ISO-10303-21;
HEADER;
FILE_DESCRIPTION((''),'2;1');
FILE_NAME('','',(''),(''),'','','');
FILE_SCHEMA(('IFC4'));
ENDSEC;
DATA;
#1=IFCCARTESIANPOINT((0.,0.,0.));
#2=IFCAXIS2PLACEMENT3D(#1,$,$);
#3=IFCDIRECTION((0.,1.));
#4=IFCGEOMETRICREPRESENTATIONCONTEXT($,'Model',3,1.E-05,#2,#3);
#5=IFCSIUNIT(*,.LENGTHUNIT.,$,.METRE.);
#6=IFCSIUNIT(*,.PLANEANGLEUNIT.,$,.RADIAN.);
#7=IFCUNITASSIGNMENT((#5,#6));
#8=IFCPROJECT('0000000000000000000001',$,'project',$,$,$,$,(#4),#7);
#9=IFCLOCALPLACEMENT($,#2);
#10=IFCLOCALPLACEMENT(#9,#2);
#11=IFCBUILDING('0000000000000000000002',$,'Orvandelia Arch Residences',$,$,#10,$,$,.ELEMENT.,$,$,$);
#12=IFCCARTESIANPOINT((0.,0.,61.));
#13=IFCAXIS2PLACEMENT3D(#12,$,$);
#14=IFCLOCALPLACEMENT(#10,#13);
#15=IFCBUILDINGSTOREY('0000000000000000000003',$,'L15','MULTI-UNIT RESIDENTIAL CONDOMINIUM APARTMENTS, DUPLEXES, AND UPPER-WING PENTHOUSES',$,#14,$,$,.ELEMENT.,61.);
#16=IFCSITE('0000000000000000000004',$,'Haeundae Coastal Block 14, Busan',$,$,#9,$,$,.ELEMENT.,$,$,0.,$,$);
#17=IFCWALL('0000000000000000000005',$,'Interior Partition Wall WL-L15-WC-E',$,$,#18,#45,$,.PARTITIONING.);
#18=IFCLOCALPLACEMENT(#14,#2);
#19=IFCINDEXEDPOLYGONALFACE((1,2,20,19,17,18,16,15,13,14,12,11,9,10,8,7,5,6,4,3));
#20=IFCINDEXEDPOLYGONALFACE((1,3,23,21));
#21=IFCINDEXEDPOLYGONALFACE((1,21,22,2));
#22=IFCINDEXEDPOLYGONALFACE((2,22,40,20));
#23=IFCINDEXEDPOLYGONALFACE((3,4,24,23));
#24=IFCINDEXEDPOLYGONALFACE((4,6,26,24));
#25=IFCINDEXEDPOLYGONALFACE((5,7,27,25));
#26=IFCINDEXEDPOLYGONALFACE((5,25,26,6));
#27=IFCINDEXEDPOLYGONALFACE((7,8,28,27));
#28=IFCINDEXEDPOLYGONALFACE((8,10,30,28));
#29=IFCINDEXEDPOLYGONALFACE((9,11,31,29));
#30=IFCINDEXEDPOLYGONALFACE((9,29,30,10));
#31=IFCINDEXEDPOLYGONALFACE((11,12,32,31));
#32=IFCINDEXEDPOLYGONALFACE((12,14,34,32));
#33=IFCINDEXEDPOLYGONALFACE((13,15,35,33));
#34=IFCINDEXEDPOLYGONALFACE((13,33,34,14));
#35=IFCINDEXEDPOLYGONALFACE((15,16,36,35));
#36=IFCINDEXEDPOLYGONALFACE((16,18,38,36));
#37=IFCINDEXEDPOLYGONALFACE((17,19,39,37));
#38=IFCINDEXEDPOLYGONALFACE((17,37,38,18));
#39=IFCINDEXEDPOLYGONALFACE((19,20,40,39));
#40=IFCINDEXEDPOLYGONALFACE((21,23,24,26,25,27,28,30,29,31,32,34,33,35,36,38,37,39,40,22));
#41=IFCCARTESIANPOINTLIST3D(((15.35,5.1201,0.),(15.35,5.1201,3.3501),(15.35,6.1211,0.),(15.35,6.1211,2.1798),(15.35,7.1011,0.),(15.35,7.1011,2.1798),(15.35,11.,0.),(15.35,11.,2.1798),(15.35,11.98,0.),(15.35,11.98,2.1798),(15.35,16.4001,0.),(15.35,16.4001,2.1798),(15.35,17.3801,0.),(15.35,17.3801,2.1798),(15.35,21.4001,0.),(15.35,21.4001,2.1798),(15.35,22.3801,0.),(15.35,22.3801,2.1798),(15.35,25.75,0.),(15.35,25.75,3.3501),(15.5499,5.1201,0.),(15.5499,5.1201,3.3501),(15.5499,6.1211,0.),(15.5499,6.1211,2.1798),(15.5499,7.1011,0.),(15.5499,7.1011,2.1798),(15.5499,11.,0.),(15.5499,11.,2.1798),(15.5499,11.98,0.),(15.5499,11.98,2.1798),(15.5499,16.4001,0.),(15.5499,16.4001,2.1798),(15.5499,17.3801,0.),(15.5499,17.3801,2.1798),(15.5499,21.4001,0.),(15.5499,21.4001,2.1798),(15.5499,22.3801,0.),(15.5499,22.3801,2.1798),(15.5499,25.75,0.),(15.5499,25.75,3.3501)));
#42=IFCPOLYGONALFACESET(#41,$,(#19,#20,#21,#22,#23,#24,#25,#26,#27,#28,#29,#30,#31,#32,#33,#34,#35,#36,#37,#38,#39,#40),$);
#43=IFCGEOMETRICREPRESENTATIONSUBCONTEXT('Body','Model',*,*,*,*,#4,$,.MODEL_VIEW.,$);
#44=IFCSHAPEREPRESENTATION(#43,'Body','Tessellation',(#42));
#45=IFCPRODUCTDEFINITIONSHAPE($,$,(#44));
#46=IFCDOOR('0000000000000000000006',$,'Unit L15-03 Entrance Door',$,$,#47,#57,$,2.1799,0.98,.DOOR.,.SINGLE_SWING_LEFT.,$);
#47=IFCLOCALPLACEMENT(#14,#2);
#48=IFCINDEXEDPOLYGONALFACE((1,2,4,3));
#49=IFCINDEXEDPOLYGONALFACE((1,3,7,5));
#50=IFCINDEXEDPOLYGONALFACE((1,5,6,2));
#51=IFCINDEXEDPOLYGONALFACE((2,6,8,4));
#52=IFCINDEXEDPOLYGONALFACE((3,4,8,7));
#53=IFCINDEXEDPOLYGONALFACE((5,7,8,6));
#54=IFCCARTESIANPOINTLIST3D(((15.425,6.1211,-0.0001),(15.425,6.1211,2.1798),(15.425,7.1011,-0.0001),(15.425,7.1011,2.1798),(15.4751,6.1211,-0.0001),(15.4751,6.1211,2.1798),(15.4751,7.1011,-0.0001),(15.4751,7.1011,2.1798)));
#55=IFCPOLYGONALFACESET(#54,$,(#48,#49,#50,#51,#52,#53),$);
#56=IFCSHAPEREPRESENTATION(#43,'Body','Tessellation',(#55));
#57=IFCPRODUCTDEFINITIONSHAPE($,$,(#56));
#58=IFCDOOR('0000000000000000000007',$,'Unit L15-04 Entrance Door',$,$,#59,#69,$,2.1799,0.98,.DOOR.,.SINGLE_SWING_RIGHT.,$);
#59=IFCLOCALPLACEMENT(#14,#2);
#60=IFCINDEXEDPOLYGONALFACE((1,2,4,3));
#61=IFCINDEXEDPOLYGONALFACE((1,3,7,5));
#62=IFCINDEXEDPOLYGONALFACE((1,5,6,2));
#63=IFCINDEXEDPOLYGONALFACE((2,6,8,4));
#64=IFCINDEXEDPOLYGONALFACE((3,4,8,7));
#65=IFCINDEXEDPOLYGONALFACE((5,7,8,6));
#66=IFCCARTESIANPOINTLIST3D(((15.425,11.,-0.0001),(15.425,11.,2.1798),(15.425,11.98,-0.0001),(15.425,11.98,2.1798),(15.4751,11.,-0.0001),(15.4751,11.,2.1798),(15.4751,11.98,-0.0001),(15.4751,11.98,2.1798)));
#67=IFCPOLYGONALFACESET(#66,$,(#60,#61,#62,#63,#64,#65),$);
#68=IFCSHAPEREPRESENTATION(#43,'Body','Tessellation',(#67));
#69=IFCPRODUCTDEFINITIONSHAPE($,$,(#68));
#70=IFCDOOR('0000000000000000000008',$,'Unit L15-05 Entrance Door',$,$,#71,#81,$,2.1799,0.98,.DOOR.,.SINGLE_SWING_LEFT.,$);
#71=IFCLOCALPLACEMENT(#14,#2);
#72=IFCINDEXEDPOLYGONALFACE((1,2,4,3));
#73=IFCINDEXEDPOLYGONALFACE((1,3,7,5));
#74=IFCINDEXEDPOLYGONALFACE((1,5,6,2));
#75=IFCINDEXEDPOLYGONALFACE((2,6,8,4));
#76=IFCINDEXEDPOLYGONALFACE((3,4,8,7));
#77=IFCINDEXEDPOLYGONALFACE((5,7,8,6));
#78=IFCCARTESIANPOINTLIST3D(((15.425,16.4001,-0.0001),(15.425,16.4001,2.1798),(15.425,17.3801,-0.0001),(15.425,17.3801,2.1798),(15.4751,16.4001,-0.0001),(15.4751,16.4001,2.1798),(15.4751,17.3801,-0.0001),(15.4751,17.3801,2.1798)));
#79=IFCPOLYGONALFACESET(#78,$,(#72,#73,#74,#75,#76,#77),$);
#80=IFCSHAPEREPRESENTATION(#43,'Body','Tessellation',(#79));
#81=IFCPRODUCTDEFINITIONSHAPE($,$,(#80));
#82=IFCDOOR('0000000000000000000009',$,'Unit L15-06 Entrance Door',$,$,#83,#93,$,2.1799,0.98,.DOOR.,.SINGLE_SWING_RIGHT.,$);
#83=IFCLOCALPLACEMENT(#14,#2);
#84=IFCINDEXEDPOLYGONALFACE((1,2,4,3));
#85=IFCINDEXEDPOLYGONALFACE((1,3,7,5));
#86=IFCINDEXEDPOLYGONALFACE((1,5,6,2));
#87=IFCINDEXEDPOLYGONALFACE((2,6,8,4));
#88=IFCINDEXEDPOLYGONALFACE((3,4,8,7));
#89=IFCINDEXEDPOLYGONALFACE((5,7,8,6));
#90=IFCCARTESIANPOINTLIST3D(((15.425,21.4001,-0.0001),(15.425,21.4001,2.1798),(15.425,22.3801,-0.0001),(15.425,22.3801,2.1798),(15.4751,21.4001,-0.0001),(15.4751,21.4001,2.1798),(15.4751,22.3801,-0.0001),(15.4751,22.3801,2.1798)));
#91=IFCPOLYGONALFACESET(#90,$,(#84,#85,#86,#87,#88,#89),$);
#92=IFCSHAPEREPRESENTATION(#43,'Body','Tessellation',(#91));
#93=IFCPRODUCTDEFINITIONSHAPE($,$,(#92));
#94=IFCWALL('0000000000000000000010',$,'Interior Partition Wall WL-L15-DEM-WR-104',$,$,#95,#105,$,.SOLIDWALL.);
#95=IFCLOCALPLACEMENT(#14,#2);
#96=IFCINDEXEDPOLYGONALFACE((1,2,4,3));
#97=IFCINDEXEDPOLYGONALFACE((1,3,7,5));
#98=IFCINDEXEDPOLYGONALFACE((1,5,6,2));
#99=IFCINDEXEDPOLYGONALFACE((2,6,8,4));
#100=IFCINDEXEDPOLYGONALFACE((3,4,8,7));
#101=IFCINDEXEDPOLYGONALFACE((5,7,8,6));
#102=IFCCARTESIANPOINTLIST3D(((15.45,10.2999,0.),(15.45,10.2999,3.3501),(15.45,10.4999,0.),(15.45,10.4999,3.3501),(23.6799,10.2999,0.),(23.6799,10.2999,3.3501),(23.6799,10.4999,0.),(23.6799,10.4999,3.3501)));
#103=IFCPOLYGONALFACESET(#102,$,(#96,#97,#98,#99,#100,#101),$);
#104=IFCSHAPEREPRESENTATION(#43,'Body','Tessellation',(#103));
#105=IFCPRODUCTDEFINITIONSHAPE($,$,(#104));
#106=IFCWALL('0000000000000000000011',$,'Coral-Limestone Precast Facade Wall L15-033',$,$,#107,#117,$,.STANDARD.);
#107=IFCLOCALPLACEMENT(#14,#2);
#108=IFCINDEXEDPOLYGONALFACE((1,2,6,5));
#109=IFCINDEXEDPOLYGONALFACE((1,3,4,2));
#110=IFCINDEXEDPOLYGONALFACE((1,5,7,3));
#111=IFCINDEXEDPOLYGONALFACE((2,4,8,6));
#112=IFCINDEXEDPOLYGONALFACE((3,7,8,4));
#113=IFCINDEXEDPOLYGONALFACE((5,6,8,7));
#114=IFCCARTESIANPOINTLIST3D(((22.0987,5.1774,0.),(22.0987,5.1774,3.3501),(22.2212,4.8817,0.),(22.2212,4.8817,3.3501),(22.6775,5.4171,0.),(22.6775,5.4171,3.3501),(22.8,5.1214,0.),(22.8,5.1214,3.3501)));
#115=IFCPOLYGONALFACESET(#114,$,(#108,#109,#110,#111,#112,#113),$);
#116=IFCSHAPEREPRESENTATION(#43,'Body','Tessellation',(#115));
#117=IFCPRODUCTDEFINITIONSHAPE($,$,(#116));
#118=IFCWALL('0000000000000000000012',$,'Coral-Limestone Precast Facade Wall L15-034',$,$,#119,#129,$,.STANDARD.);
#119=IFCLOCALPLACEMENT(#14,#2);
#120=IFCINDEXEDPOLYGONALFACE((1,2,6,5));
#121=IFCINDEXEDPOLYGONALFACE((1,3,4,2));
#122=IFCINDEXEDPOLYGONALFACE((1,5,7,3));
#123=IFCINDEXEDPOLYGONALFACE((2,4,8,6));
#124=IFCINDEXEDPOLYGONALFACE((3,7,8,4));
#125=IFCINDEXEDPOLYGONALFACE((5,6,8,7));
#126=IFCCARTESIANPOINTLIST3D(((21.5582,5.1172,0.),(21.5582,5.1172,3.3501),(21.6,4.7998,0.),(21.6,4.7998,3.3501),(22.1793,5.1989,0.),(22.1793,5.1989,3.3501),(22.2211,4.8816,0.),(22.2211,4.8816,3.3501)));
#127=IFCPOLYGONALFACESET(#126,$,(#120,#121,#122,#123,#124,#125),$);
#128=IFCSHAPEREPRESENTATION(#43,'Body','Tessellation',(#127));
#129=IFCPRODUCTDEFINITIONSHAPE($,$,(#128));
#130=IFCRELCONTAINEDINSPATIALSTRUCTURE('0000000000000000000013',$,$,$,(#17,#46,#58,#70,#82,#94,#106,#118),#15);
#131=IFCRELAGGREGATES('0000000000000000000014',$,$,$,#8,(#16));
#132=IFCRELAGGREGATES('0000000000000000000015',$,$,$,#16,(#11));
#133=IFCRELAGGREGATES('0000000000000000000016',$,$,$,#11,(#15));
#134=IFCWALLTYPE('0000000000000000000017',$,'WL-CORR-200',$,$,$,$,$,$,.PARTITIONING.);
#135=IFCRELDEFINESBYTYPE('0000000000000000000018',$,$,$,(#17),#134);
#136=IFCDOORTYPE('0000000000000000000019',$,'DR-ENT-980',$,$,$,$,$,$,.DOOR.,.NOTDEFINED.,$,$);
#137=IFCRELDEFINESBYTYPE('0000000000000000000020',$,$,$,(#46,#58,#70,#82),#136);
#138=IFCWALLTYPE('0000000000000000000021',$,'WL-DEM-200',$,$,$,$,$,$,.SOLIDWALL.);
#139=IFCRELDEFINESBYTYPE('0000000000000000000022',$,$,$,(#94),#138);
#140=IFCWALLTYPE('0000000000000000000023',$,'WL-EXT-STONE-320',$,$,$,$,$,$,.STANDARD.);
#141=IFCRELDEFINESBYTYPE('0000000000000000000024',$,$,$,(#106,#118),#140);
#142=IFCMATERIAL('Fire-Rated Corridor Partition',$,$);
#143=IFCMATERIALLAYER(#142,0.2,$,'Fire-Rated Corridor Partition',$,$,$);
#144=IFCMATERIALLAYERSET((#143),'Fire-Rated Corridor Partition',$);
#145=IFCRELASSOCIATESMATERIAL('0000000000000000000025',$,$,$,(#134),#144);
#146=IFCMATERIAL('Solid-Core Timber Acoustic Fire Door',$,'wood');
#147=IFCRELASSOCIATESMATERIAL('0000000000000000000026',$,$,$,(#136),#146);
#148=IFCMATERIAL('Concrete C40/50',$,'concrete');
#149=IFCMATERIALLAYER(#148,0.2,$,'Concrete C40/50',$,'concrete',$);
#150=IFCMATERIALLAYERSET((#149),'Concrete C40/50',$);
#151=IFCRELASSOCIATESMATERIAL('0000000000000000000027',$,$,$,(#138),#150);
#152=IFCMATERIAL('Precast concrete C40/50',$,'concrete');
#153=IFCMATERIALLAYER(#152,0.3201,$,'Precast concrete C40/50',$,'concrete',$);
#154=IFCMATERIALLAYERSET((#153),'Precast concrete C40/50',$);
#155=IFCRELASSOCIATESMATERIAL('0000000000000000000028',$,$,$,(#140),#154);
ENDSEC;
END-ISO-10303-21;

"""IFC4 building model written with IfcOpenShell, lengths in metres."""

from ifc_helpers import new_model, si_unit, direction, frame, frame_2d, origin, place, context, subcontext, project, spatial, rectangle, extrude, material, layer, layer_set, type_object, element, fill, save


model = new_model("IFC4")

# Units and contexts
model_context = context("Model", 3, precision=1e-05, world=origin(), true_north=direction((0.0, 1.0)))
body_context = subcontext(model_context, "Body", "Model", "MODEL_VIEW")
ifc_project = project(units=[si_unit("LENGTHUNIT", "METRE"), si_unit("PLANEANGLEUNIT", "RADIAN")], contexts=[model_context])

# Site, building, storey
site_placement = place(None, origin())
site = spatial("IfcSite", under=ifc_project, at=site_placement, Name="Haeundae Coastal Block 14, Busan", CompositionType="ELEMENT", RefElevation=0.0)
building_placement = place(site_placement, origin())
building = spatial("IfcBuilding", under=site, at=building_placement, Name="Orvandelia Arch Residences", CompositionType="ELEMENT")
storey_placement = place(building_placement, frame((0.0, 0.0, 61.0)))
storey = spatial("IfcBuildingStorey", under=building, at=storey_placement, Name="L15", Description="MULTI-UNIT RESIDENTIAL CONDOMINIUM APARTMENTS, DUPLEXES, AND UPPER-WING PENTHOUSES", CompositionType="ELEMENT", Elevation=61.0)

# Wall, openings, doors
ifc_material_1 = material(Name="Fire-Rated Corridor Partition")
ifc_layer_1 = layer(ifc_material_1, 0.2, Name="Fire-Rated Corridor Partition")
ifc_layer_set_1 = layer_set([ifc_layer_1], Name="Fire-Rated Corridor Partition")
wall_type_1 = type_object("IfcWallType", Name="WL-CORR-200", PredefinedType="PARTITIONING", material=ifc_layer_set_1)
ifc_material_2 = material(Name="Solid-Core Timber Acoustic Fire Door", Category="wood")
door_type_1 = type_object("IfcDoorType", Name="DR-ENT-980", OperationType="NOTDEFINED", PredefinedType="DOOR", material=ifc_material_2)
wall_1_placement = place(storey_placement, frame((15.45, 5.1201, 0.0), z_axis=(0.0, 0.0, 1.0), x_axis=(0.0, 1.0, 0.0)))
wall_1 = element("IfcWall", 1, at=wall_1_placement, inside=storey, type_object=wall_type_1, Name="Interior Partition Wall WL-L15-WC-E", PredefinedType="PARTITIONING", context=body_context, shape_type="SweptSolid", body=[
    extrude(rectangle(XDim=20.6299, YDim=0.2, at=frame_2d((10.3149, 0.0))), origin(), (0.0, 0.0, 1.0), 3.3501),
])
opening_1_placement = place(wall_1_placement, frame((1.001, 0.0, 0.0)))
opening_1 = element("IfcOpeningElement", 2, at=opening_1_placement, cuts=wall_1, PredefinedType="OPENING", context=body_context, shape_type="SweptSolid", body=[
    extrude(rectangle(XDim=0.98, YDim=2.1799, at=frame_2d((0.49, 1.0898))), frame((0.0, 0.1099, 0.0), z_axis=(0.0, -1.0, 0.0), x_axis=(1.0, 0.0, 0.0)), (0.0, 0.0, 1.0), 0.22),
])
opening_2_placement = place(wall_1_placement, frame((5.8799, 0.0, 0.0)))
opening_2 = element("IfcOpeningElement", 3, at=opening_2_placement, cuts=wall_1, PredefinedType="OPENING", context=body_context, shape_type="SweptSolid", body=[
    extrude(rectangle(XDim=0.98, YDim=2.1799, at=frame_2d((0.49, 1.0898))), frame((0.0, 0.1099, 0.0), z_axis=(0.0, -1.0, 0.0), x_axis=(1.0, 0.0, 0.0)), (0.0, 0.0, 1.0), 0.22),
])
opening_3_placement = place(wall_1_placement, frame((11.28, 0.0, 0.0)))
opening_3 = element("IfcOpeningElement", 4, at=opening_3_placement, cuts=wall_1, PredefinedType="OPENING", context=body_context, shape_type="SweptSolid", body=[
    extrude(rectangle(XDim=0.98, YDim=2.1799, at=frame_2d((0.49, 1.0898))), frame((0.0, 0.1099, 0.0), z_axis=(0.0, -1.0, 0.0), x_axis=(1.0, 0.0, 0.0)), (0.0, 0.0, 1.0), 0.22),
])
opening_4_placement = place(wall_1_placement, frame((16.28, 0.0, 0.0)))
opening_4 = element("IfcOpeningElement", 5, at=opening_4_placement, cuts=wall_1, PredefinedType="OPENING", context=body_context, shape_type="SweptSolid", body=[
    extrude(rectangle(XDim=0.98, YDim=2.1799, at=frame_2d((0.49, 1.0898))), frame((0.0, 0.1099, 0.0), z_axis=(0.0, -1.0, 0.0), x_axis=(1.0, 0.0, 0.0)), (0.0, 0.0, 1.0), 0.22),
])
door_1_placement = place(opening_1_placement, origin())
door_1 = element("IfcDoor", 6, at=door_1_placement, inside=storey, type_object=door_type_1, Name="Unit L15-03 Entrance Door", OperationType="SINGLE_SWING_LEFT", OverallHeight=2.1799, OverallWidth=0.98, PredefinedType="DOOR", context=body_context, shape_type="SweptSolid", body=[
    extrude(rectangle(XDim=0.98, YDim=2.1799, at=frame_2d((0.49, 1.0898))), frame((0.0, 0.0249, 0.0), z_axis=(0.0, -1.0, 0.0), x_axis=(1.0, 0.0, 0.0)), (0.0, 0.0, 1.0), 0.05),
])
fill(opening_1, door_1)
door_2_placement = place(opening_2_placement, origin())
door_2 = element("IfcDoor", 7, at=door_2_placement, inside=storey, type_object=door_type_1, Name="Unit L15-04 Entrance Door", OperationType="SINGLE_SWING_RIGHT", OverallHeight=2.1799, OverallWidth=0.98, PredefinedType="DOOR", context=body_context, shape_type="SweptSolid", body=[
    extrude(rectangle(XDim=0.98, YDim=2.1799, at=frame_2d((0.49, 1.0898))), frame((0.0, 0.0249, 0.0), z_axis=(0.0, -1.0, 0.0), x_axis=(1.0, 0.0, 0.0)), (0.0, 0.0, 1.0), 0.05),
])
fill(opening_2, door_2)
door_3_placement = place(opening_3_placement, origin())
door_3 = element("IfcDoor", 8, at=door_3_placement, inside=storey, type_object=door_type_1, Name="Unit L15-05 Entrance Door", OperationType="SINGLE_SWING_LEFT", OverallHeight=2.1799, OverallWidth=0.98, PredefinedType="DOOR", context=body_context, shape_type="SweptSolid", body=[
    extrude(rectangle(XDim=0.98, YDim=2.1799, at=frame_2d((0.49, 1.0898))), frame((0.0, 0.0249, 0.0), z_axis=(0.0, -1.0, 0.0), x_axis=(1.0, 0.0, 0.0)), (0.0, 0.0, 1.0), 0.05),
])
fill(opening_3, door_3)
door_4_placement = place(opening_4_placement, origin())
door_4 = element("IfcDoor", 9, at=door_4_placement, inside=storey, type_object=door_type_1, Name="Unit L15-06 Entrance Door", OperationType="SINGLE_SWING_RIGHT", OverallHeight=2.1799, OverallWidth=0.98, PredefinedType="DOOR", context=body_context, shape_type="SweptSolid", body=[
    extrude(rectangle(XDim=0.98, YDim=2.1799, at=frame_2d((0.49, 1.0898))), frame((0.0, 0.0249, 0.0), z_axis=(0.0, -1.0, 0.0), x_axis=(1.0, 0.0, 0.0)), (0.0, 0.0, 1.0), 0.05),
])
fill(opening_4, door_4)

# Walls
ifc_material_3 = material(Name="Concrete C40/50", Category="concrete")
ifc_layer_2 = layer(ifc_material_3, 0.2, Name="Concrete C40/50", Category="concrete")
ifc_layer_set_2 = layer_set([ifc_layer_2], Name="Concrete C40/50")
wall_type_2 = type_object("IfcWallType", Name="WL-DEM-200", PredefinedType="SOLIDWALL", material=ifc_layer_set_2)
wall_2_placement = place(storey_placement, frame((15.45, 10.3999, 0.0), z_axis=(0.0, 0.0, 1.0), x_axis=(1.0, 0.0, 0.0)))
element("IfcWall", 10, at=wall_2_placement, inside=storey, type_object=wall_type_2, Name="Interior Partition Wall WL-L15-DEM-WR-104", PredefinedType="SOLIDWALL", context=body_context, shape_type="SweptSolid", body=[
    extrude(rectangle(XDim=8.23, YDim=0.2, at=frame_2d((4.115, 0.0))), origin(), (0.0, 0.0, 1.0), 3.3501),
])
ifc_material_4 = material(Name="Precast concrete C40/50", Category="concrete")
ifc_layer_3 = layer(ifc_material_4, 0.3201, Name="Precast concrete C40/50", Category="concrete")
ifc_layer_set_3 = layer_set([ifc_layer_3], Name="Precast concrete C40/50")
wall_type_3 = type_object("IfcWallType", Name="WL-EXT-STONE-320", PredefinedType="STANDARD", material=ifc_layer_set_3)
for number, where, z_axis, x_axis, name in (
    (11, (22.7388, 5.2693, 0.0), (0.0, 0.0, 1.0), (-0.923893, -0.38265, 0.0), "Coral-Limestone Precast Facade Wall L15-033"),
    (12, (22.2002, 5.0403, 0.0), (0.0, 0.0, 1.0), (-0.991441, -0.130555, 0.0), "Coral-Limestone Precast Facade Wall L15-034"),
):
    element("IfcWall", number, at=place(storey_placement, frame(where, z_axis=z_axis, x_axis=x_axis)), inside=storey, type_object=wall_type_3, Name=name, PredefinedType="STANDARD", context=body_context, shape_type="SweptSolid", body=[
        extrude(rectangle(XDim=0.6265, YDim=0.3201, at=frame_2d((0.3132, 0.0))), origin(), (0.0, 0.0, 1.0), 3.3501),
    ])

save(model, "model.ifc")
